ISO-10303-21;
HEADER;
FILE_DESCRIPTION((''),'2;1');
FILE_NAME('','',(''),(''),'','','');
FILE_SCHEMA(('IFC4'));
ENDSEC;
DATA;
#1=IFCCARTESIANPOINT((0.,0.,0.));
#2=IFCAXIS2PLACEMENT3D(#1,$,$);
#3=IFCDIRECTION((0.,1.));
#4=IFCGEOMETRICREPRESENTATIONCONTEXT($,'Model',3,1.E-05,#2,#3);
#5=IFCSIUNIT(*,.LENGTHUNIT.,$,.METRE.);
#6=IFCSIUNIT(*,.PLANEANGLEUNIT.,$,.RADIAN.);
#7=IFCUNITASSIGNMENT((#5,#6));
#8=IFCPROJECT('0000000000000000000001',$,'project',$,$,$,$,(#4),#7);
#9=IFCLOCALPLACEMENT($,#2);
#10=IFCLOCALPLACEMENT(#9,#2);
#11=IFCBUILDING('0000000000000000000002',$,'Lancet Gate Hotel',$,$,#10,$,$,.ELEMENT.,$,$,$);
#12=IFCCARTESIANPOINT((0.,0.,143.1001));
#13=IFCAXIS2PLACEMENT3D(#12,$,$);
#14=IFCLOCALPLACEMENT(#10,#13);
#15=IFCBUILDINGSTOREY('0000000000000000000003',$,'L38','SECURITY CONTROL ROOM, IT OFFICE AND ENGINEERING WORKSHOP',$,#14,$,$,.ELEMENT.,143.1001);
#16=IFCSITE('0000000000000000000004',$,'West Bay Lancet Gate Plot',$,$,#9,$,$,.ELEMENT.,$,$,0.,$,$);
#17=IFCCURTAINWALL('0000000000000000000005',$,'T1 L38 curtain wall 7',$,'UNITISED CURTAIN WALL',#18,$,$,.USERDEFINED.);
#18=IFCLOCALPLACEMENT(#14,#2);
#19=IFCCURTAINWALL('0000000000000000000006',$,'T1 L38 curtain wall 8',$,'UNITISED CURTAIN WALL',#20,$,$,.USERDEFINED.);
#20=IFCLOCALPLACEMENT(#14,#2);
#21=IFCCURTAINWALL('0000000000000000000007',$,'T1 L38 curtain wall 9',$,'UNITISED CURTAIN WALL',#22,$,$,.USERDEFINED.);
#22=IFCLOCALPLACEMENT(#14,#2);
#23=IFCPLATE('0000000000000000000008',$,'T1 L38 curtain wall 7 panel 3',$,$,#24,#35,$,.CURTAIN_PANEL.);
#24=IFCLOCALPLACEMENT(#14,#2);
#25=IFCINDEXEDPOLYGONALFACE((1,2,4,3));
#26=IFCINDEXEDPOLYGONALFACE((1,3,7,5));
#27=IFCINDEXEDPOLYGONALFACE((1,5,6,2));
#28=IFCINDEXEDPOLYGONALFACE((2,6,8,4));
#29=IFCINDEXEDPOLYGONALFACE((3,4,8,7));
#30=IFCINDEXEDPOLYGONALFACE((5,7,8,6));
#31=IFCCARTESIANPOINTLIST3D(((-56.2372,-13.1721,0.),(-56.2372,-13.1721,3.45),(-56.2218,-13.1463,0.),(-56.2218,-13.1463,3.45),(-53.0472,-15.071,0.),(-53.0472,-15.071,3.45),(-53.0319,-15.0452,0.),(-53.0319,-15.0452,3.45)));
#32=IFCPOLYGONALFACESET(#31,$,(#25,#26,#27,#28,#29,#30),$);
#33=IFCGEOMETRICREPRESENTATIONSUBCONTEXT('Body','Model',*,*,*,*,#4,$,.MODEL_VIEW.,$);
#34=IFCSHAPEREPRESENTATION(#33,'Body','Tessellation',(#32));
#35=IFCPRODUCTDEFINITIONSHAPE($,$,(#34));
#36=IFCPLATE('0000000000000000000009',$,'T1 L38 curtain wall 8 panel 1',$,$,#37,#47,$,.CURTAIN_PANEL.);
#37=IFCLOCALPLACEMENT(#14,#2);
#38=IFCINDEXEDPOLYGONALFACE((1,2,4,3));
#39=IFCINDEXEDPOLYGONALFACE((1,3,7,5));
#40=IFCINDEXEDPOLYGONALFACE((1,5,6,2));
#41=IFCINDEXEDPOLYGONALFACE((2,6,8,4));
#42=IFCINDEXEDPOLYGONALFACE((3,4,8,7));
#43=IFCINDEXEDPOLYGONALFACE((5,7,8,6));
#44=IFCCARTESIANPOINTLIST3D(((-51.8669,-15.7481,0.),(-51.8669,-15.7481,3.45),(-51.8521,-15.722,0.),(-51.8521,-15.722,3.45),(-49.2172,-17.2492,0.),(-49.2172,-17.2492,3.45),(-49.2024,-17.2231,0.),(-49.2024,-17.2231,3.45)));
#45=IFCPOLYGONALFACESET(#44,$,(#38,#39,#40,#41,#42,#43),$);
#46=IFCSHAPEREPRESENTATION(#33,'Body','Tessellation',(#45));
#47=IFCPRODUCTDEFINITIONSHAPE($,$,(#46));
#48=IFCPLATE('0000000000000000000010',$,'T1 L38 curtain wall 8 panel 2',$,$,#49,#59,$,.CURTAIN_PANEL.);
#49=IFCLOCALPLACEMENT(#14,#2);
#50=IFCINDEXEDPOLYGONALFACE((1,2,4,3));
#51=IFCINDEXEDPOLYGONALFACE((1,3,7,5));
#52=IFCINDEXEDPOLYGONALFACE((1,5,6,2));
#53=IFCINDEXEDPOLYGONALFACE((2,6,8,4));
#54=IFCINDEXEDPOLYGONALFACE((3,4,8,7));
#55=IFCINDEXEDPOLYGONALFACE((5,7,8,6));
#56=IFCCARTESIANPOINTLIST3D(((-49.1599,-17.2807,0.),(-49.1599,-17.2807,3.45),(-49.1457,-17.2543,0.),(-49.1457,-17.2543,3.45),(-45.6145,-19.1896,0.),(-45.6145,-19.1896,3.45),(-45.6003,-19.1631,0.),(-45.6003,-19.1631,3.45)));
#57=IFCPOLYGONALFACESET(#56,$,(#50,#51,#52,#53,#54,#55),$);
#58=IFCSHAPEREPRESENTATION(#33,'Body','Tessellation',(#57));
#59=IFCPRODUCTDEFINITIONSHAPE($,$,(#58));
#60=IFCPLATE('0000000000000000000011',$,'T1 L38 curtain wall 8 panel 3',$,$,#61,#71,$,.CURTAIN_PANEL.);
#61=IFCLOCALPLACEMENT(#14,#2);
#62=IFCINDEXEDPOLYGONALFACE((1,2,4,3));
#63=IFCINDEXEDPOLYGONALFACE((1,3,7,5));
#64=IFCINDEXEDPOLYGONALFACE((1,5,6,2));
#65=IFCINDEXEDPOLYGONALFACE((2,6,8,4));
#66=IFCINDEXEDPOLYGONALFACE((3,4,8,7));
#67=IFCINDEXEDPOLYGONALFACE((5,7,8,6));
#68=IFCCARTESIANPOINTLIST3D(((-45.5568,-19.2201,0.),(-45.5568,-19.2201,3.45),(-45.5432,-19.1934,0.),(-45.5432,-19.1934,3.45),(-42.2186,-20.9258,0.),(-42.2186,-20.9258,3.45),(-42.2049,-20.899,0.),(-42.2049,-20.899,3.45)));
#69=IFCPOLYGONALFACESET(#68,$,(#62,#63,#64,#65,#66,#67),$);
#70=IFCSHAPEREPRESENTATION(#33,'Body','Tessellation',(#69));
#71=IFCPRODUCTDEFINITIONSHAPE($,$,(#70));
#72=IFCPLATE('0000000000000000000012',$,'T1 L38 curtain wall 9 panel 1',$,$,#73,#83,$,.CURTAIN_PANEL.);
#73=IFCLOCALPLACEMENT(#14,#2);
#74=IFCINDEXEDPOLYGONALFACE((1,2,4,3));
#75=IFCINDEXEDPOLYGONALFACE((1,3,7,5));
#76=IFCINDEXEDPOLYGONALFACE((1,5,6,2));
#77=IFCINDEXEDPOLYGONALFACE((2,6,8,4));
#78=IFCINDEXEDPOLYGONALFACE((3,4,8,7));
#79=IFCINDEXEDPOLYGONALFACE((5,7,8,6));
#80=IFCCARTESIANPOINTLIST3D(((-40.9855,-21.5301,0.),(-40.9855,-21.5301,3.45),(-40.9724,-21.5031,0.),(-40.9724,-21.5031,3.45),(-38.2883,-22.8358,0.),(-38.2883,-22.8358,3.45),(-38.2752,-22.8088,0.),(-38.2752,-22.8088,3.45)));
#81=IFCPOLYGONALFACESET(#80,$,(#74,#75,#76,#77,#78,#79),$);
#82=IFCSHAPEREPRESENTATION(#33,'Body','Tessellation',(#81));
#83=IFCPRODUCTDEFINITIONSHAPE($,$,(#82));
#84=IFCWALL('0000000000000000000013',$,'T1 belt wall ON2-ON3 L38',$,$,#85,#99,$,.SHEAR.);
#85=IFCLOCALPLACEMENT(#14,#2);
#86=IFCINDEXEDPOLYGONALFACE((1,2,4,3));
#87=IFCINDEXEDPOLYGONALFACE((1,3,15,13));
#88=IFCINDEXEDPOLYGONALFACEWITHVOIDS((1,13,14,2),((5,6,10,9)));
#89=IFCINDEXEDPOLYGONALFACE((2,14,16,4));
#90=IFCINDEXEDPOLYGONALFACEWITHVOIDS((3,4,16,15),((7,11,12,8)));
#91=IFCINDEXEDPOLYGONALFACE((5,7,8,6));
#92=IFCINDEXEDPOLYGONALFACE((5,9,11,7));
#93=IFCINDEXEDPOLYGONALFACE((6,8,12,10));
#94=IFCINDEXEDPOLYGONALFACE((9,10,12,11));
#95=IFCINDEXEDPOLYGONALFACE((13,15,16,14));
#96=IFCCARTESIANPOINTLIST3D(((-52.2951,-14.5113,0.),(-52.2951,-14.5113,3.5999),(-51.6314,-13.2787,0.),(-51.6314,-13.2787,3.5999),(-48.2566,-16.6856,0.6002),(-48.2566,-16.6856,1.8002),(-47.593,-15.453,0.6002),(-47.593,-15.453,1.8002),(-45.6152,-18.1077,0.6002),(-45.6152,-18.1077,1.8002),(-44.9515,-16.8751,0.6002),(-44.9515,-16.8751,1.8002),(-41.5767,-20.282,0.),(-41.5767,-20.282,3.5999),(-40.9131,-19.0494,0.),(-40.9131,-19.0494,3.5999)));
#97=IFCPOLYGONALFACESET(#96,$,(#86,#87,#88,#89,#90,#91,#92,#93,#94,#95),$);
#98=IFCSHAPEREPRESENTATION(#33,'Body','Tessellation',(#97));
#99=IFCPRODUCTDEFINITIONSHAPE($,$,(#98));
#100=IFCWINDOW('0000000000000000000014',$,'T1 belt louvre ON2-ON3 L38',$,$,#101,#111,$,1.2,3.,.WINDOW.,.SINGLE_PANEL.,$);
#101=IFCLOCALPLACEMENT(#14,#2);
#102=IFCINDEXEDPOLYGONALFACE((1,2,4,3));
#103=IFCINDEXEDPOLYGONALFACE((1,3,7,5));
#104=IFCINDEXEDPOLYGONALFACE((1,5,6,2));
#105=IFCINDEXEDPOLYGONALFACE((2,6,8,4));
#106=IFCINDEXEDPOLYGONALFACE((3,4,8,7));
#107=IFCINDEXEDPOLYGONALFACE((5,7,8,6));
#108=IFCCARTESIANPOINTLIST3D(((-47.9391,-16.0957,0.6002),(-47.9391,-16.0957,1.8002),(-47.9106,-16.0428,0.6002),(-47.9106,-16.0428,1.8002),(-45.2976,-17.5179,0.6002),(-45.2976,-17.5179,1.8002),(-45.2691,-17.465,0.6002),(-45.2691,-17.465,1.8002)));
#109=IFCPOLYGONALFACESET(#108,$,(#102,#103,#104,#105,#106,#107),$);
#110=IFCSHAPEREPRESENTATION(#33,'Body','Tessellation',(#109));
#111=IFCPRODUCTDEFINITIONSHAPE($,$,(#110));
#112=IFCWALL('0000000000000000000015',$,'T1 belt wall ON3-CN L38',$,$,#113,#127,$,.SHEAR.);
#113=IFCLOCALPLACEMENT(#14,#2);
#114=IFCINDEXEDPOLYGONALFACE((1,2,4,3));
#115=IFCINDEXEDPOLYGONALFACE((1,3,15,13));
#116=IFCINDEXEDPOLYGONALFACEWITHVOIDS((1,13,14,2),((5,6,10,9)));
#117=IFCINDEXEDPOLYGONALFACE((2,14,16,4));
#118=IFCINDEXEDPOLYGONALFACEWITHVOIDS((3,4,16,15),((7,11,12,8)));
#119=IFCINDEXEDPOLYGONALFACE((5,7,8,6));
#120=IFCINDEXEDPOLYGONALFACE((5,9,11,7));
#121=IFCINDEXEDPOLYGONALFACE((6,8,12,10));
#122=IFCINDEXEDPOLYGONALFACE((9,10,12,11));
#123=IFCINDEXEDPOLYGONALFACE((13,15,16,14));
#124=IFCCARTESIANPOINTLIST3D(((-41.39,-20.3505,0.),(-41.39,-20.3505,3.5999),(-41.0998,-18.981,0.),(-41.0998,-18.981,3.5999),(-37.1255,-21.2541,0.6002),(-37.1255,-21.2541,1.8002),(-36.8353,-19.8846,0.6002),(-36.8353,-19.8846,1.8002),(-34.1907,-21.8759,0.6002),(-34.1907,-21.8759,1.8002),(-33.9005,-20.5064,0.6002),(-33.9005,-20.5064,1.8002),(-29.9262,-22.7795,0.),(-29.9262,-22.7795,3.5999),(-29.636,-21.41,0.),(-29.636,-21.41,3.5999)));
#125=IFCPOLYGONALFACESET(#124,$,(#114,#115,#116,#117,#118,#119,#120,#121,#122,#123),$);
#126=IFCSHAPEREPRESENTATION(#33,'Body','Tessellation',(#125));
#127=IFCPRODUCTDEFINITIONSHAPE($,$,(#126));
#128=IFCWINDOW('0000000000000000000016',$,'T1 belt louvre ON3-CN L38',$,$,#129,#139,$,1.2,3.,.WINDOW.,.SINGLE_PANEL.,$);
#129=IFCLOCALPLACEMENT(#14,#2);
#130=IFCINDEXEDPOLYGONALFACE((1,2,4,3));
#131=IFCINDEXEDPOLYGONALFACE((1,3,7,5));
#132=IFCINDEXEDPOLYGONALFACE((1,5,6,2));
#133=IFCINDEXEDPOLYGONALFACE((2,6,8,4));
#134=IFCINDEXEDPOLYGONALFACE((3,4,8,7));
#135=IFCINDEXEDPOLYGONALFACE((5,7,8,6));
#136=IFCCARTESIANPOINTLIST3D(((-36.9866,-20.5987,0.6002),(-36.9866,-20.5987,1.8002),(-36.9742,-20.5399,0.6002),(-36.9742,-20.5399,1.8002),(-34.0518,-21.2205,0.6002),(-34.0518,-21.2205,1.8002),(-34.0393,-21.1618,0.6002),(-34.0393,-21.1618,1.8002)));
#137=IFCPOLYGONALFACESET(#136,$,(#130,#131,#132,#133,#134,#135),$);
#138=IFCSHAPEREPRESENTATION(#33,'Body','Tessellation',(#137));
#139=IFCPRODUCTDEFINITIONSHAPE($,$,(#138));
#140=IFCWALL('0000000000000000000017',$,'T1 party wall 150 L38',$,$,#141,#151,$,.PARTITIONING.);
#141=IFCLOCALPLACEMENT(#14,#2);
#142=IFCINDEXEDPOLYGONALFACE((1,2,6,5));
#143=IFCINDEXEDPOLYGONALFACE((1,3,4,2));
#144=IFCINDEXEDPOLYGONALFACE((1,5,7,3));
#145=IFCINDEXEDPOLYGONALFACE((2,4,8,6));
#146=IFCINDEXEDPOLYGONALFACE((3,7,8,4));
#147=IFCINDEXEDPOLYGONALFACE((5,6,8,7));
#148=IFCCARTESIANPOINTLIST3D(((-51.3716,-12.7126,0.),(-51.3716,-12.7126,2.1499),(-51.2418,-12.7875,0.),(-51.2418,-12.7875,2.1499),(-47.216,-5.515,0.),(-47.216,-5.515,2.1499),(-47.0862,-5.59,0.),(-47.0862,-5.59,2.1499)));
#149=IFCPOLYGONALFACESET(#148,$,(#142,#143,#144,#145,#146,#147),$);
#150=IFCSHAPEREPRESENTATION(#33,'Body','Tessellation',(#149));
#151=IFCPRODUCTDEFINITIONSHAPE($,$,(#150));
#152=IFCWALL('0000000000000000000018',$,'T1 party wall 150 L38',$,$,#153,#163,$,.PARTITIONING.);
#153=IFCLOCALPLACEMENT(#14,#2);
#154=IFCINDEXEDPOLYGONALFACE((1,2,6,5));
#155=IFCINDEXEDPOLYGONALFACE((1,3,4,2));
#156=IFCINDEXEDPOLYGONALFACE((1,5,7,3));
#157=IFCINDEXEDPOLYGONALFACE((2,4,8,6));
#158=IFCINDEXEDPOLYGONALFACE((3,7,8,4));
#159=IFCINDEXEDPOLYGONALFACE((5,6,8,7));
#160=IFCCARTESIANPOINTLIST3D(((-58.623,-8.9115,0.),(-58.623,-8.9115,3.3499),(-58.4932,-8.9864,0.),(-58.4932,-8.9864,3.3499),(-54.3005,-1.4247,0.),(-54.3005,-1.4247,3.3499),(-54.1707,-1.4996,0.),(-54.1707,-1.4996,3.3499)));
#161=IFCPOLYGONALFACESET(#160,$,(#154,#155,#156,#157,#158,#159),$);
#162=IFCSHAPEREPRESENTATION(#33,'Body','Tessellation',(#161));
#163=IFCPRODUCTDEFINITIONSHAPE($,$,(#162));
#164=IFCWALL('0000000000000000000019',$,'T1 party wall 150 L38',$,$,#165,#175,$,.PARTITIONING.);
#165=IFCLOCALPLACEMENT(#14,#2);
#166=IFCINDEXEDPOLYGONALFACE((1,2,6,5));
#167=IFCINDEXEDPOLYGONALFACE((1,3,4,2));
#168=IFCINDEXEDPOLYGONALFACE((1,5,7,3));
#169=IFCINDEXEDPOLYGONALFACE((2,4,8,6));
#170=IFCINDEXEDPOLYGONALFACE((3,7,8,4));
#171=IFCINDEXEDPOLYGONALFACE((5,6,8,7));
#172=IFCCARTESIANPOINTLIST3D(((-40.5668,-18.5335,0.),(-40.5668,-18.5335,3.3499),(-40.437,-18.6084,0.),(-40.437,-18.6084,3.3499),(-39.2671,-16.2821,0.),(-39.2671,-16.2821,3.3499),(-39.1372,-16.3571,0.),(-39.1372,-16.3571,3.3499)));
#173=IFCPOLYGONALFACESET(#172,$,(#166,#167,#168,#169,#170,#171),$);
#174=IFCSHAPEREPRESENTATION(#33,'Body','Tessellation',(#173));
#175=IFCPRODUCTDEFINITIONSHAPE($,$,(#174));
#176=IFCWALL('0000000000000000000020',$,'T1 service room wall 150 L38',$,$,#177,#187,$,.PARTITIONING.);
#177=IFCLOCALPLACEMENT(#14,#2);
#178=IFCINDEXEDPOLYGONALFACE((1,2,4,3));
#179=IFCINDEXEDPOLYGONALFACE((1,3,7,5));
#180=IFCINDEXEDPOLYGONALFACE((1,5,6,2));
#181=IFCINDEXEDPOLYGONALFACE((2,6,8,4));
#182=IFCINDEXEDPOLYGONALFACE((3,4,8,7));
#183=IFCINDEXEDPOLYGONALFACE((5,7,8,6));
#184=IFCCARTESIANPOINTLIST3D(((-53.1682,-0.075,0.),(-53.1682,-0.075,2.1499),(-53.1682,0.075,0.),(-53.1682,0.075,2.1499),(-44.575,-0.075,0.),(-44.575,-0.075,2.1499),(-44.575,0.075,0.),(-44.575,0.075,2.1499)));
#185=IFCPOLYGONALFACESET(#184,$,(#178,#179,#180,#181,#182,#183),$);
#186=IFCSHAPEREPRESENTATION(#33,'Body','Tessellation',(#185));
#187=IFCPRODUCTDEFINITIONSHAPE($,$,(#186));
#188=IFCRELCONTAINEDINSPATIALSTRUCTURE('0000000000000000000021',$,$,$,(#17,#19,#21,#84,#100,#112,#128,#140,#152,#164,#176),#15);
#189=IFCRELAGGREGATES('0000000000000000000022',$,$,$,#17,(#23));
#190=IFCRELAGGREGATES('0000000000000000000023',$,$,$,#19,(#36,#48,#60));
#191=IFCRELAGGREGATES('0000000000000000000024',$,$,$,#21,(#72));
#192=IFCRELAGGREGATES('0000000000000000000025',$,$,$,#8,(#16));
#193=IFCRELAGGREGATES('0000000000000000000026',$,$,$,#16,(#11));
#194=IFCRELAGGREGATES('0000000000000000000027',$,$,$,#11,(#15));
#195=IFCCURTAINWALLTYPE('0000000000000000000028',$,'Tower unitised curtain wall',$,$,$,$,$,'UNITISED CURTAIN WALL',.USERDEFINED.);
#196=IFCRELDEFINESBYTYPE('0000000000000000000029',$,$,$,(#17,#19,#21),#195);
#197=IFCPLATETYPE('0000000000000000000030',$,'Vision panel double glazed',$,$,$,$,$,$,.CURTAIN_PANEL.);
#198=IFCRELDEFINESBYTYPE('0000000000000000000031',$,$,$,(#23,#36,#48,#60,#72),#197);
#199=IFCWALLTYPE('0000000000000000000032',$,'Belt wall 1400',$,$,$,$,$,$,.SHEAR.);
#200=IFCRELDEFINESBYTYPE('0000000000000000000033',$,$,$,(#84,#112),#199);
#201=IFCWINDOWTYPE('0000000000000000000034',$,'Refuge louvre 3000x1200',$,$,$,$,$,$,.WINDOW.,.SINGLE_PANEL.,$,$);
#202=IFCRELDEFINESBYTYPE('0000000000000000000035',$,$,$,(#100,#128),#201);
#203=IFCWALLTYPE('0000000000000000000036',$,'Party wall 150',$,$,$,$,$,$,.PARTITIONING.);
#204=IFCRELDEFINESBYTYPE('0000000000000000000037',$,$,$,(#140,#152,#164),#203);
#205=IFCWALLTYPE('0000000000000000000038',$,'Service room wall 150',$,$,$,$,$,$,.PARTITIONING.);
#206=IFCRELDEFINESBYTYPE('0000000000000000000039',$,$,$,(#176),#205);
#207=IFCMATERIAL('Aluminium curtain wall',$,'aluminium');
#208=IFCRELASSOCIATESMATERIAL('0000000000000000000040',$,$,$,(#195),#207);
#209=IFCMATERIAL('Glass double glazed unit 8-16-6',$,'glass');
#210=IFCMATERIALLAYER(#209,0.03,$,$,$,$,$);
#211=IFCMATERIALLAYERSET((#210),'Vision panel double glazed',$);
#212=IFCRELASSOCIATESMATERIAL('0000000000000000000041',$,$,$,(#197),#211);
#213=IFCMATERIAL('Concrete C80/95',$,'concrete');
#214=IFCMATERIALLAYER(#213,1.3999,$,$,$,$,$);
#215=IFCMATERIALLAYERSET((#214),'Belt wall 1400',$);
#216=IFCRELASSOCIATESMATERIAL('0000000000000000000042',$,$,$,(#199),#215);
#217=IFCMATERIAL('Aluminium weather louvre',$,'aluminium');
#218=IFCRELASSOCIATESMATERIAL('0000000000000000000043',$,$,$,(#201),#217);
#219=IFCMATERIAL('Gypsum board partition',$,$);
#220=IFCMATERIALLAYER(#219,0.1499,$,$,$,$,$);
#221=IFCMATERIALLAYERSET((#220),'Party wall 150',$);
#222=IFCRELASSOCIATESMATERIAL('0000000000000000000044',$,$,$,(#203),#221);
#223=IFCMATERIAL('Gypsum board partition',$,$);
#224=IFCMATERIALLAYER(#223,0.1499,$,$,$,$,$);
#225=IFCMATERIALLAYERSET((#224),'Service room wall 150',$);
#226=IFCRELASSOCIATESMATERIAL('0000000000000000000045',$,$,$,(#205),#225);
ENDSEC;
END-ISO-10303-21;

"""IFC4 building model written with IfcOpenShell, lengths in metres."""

from ifc_helpers import new_model, si_unit, direction, frame, frame_2d, origin, origin_2d, place, context, subcontext, project, spatial, rectangle, extrude, material, layer, layer_set, type_object, element, fill, aggregate, save


model = new_model("IFC4")

# Units and contexts
model_context = context("Model", 3, precision=1e-05, world=origin(), true_north=direction((0.0, 1.0)))
body_context = subcontext(model_context, "Body", "Model", "MODEL_VIEW")
ifc_project = project(units=[si_unit("LENGTHUNIT", "METRE"), si_unit("PLANEANGLEUNIT", "RADIAN")], contexts=[model_context])

# Site, building, storey
site_placement = place(None, origin())
site = spatial("IfcSite", under=ifc_project, at=site_placement, Name="West Bay Lancet Gate Plot", CompositionType="ELEMENT", RefElevation=0.0)
building_placement = place(site_placement, origin())
building = spatial("IfcBuilding", under=site, at=building_placement, Name="Lancet Gate Hotel", CompositionType="ELEMENT")
storey_placement = place(building_placement, frame((0.0, 0.0, 143.1001)))
storey = spatial("IfcBuildingStorey", under=building, at=storey_placement, Name="L38", Description="SECURITY CONTROL ROOM, IT OFFICE AND ENGINEERING WORKSHOP", CompositionType="ELEMENT", Elevation=143.1001)

# Curtain walls
ifc_material_1 = material(Name="Aluminium curtain wall", Category="aluminium")
curtain_wall_type = type_object("IfcCurtainWallType", Name="Tower unitised curtain wall", ElementType="UNITISED CURTAIN WALL", PredefinedType="USERDEFINED", material=ifc_material_1)
curtain_wall_1_placement = place(storey_placement, origin())
curtain_wall_1 = element("IfcCurtainWall", 1, at=curtain_wall_1_placement, inside=storey, type_object=curtain_wall_type, Name="T1 L38 curtain wall 7", ObjectType="UNITISED CURTAIN WALL", PredefinedType="USERDEFINED")
curtain_wall_2_placement = place(storey_placement, origin())
curtain_wall_2 = element("IfcCurtainWall", 2, at=curtain_wall_2_placement, inside=storey, type_object=curtain_wall_type, Name="T1 L38 curtain wall 8", ObjectType="UNITISED CURTAIN WALL", PredefinedType="USERDEFINED")

# Curtain wall
curtain_wall_3_placement = place(storey_placement, origin())
curtain_wall_3 = element("IfcCurtainWall", 3, at=curtain_wall_3_placement, inside=storey, type_object=curtain_wall_type, Name="T1 L38 curtain wall 9", ObjectType="UNITISED CURTAIN WALL", PredefinedType="USERDEFINED")

# Plates
ifc_material_2 = material(Name="Glass double glazed unit 8-16-6", Category="glass")
ifc_layer_1 = layer(ifc_material_2, 0.03)
ifc_layer_set_1 = layer_set([ifc_layer_1], Name="Vision panel double glazed")
plate_type = type_object("IfcPlateType", Name="Vision panel double glazed", PredefinedType="CURTAIN_PANEL", material=ifc_layer_set_1)
plate_1_placement = place(storey_placement, frame((-54.6345, -14.1086, 0.0), z_axis=(0.0, 0.0, 1.0), x_axis=(0.859271, -0.51152, 0.0)))
plate_1 = element("IfcPlate", 4, at=plate_1_placement, type_object=plate_type, Name="T1 L38 curtain wall 7 panel 3", PredefinedType="CURTAIN_PANEL", context=body_context, shape_type="SweptSolid", body=[
    extrude(rectangle(XDim=3.7124, YDim=0.03, at=origin_2d()), origin(), (0.0, 0.0, 1.0), 3.45),
])
aggregate(curtain_wall_1, [plate_1])
plate_2_placement = place(storey_placement, frame((-50.5347, -16.4856, 0.0), z_axis=(0.0, 0.0, 1.0), x_axis=(0.870084, -0.492904, 0.0)))
plate_2 = element("IfcPlate", 5, at=plate_2_placement, type_object=plate_type, Name="T1 L38 curtain wall 8 panel 1", PredefinedType="CURTAIN_PANEL", context=body_context, shape_type="SweptSolid", body=[
    extrude(rectangle(XDim=3.0454, YDim=0.03, at=origin_2d()), origin(), (0.0, 0.0, 1.0), 3.45),
])
plate_3_placement = place(storey_placement, frame((-47.3801, -18.2219, 0.0), z_axis=(0.0, 0.0, 1.0), x_axis=(0.880493, -0.47406, 0.0)))
plate_3 = element("IfcPlate", 6, at=plate_3_placement, type_object=plate_type, Name="T1 L38 curtain wall 8 panel 2", PredefinedType="CURTAIN_PANEL", context=body_context, shape_type="SweptSolid", body=[
    extrude(rectangle(XDim=4.0266, YDim=0.03, at=origin_2d()), origin(), (0.0, 0.0, 1.0), 3.45),
])
plate_4_placement = place(storey_placement, frame((-43.8809, -20.0596, 0.0), z_axis=(0.0, 0.0, 1.0), x_axis=(0.890493, -0.454996, 0.0)))
plate_4 = element("IfcPlate", 7, at=plate_4_placement, type_object=plate_type, Name="T1 L38 curtain wall 8 panel 3", PredefinedType="CURTAIN_PANEL", context=body_context, shape_type="SweptSolid", body=[
    extrude(rectangle(XDim=3.7488, YDim=0.03, at=origin_2d()), origin(), (0.0, 0.0, 1.0), 3.45),
])
aggregate(curtain_wall_2, [plate_2, plate_3, plate_4])
plate_5_placement = place(storey_placement, frame((-39.6304, -22.1694, 0.0), z_axis=(0.0, 0.0, 1.0), x_axis=(0.900082, -0.435721, 0.0)))
plate_5 = element("IfcPlate", 8, at=plate_5_placement, type_object=plate_type, Name="T1 L38 curtain wall 9 panel 1", PredefinedType="CURTAIN_PANEL", context=body_context, shape_type="SweptSolid", body=[
    extrude(rectangle(XDim=2.9966, YDim=0.03, at=origin_2d()), origin(), (0.0, 0.0, 1.0), 3.45),
])
aggregate(curtain_wall_3, [plate_5])

# Walls, openings, windows
ifc_material_3 = material(Name="Concrete C80/95", Category="concrete")
ifc_layer_2 = layer(ifc_material_3, 1.3999)
ifc_layer_set_2 = layer_set([ifc_layer_2], Name="Belt wall 1400")
wall_type_1 = type_object("IfcWallType", Name="Belt wall 1400", PredefinedType="SHEAR", material=ifc_layer_set_2)
wall_1_placement = place(storey_placement, frame((-51.9631, -13.895, 0.0), z_axis=(0.0, 0.0, 1.0), x_axis=(0.880492, -0.47406, 0.0)))
wall_1 = element("IfcWall", 9, at=wall_1_placement, inside=storey, type_object=wall_type_1, Name="T1 belt wall ON2-ON3 L38", PredefinedType="SHEAR", context=body_context, shape_type="SweptSolid", body=[
    extrude(rectangle(XDim=12.1731, YDim=1.3999, at=frame_2d((6.0864, 0.0))), origin(), (0.0, 0.0, 1.0), 3.5999),
])
opening_1_placement = place(wall_1_placement, frame((4.5864, 0.0, 0.6001)))
opening_1 = element("IfcOpeningElement", 10, at=opening_1_placement, cuts=wall_1, PredefinedType="OPENING", context=body_context, shape_type="SweptSolid", body=[
    extrude(rectangle(XDim=3.0, YDim=1.2, at=frame_2d((1.5, 0.6001))), frame((0.0, 0.71, 0.0), z_axis=(0.0, -1.0, 0.0), x_axis=(1.0, 0.0, 0.0)), (0.0, 0.0, 1.0), 1.4199),
])
ifc_material_4 = material(Name="Aluminium weather louvre", Category="aluminium")
window_type = type_object("IfcWindowType", Name="Refuge louvre 3000x1200", PartitioningType="SINGLE_PANEL", PredefinedType="WINDOW", material=ifc_material_4)
window_1_placement = place(opening_1_placement, origin())
window_1 = element("IfcWindow", 11, at=window_1_placement, inside=storey, type_object=window_type, Name="T1 belt louvre ON2-ON3 L38", OverallHeight=1.2, OverallWidth=3.0, PartitioningType="SINGLE_PANEL", PredefinedType="WINDOW", context=body_context, shape_type="SweptSolid", body=[
    extrude(rectangle(XDim=3.0, YDim=1.2, at=frame_2d((1.5, 0.6001))), frame((0.0, 0.03, 0.0), z_axis=(0.0, -1.0, 0.0), x_axis=(1.0, 0.0, 0.0)), (0.0, 0.0, 1.0), 0.0601),
])
fill(opening_1, window_1)
wall_2_placement = place(storey_placement, frame((-41.2449, -19.6658, 0.0), z_axis=(0.0, 0.0, 1.0), x_axis=(0.978282, -0.207278, 0.0)))
wall_2 = element("IfcWall", 12, at=wall_2_placement, inside=storey, type_object=wall_type_1, Name="T1 belt wall ON3-CN L38", PredefinedType="SHEAR", context=body_context, shape_type="SweptSolid", body=[
    extrude(rectangle(XDim=11.7183, YDim=1.3999, at=frame_2d((5.8591, 0.0))), origin(), (0.0, 0.0, 1.0), 3.5999),
])
opening_2_placement = place(wall_2_placement, frame((4.3591, 0.0, 0.6001)))
opening_2 = element("IfcOpeningElement", 13, at=opening_2_placement, cuts=wall_2, PredefinedType="OPENING", context=body_context, shape_type="SweptSolid", body=[
    extrude(rectangle(XDim=3.0, YDim=1.2, at=frame_2d((1.5, 0.6001))), frame((0.0, 0.71, 0.0), z_axis=(0.0, -1.0, 0.0), x_axis=(1.0, 0.0, 0.0)), (0.0, 0.0, 1.0), 1.4199),
])
window_2_placement = place(opening_2_placement, origin())
window_2 = element("IfcWindow", 14, at=window_2_placement, inside=storey, type_object=window_type, Name="T1 belt louvre ON3-CN L38", OverallHeight=1.2, OverallWidth=3.0, PartitioningType="SINGLE_PANEL", PredefinedType="WINDOW", context=body_context, shape_type="SweptSolid", body=[
    extrude(rectangle(XDim=3.0, YDim=1.2, at=frame_2d((1.5, 0.6001))), frame((0.0, 0.03, 0.0), z_axis=(0.0, -1.0, 0.0), x_axis=(1.0, 0.0, 0.0)), (0.0, 0.0, 1.0), 0.0601),
])
fill(opening_2, window_2)

# Walls
ifc_material_5 = material(Name="Gypsum board partition")
ifc_layer_3 = layer(ifc_material_5, 0.1499)
ifc_layer_set_3 = layer_set([ifc_layer_3], Name="Party wall 150")
wall_type_2 = type_object("IfcWallType", Name="Party wall 150", PredefinedType="PARTITIONING", material=ifc_layer_set_3)
wall_3_placement = place(storey_placement, frame((-47.1511, -5.5525, 0.0), z_axis=(0.0, 0.0, 1.0), x_axis=(-0.500003, -0.866024, 0.0)))
element("IfcWall", 15, at=wall_3_placement, inside=storey, type_object=wall_type_2, Name="T1 party wall 150 L38", PredefinedType="PARTITIONING", context=body_context, shape_type="SweptSolid", body=[
    extrude(rectangle(XDim=8.311, YDim=0.1499, at=frame_2d((4.1555, 0.0))), origin(), (0.0, 0.0, 1.0), 2.1499),
])
wall_4_placement = place(storey_placement, frame((-54.2356, -1.4622, 0.0), z_axis=(0.0, 0.0, 1.0), x_axis=(-0.5, -0.866026, 0.0)))
element("IfcWall", 16, at=wall_4_placement, inside=storey, type_object=wall_type_2, Name="T1 party wall 150 L38", PredefinedType="PARTITIONING", context=body_context, shape_type="SweptSolid", body=[
    extrude(rectangle(XDim=8.645, YDim=0.1499, at=frame_2d((4.3225, 0.0))), origin(), (0.0, 0.0, 1.0), 3.3499),
])
wall_5_placement = place(storey_placement, frame((-39.2021, -16.3196, 0.0), z_axis=(0.0, 0.0, 1.0), x_axis=(-0.499977, -0.866039, 0.0)))
element("IfcWall", 17, at=wall_5_placement, inside=storey, type_object=wall_type_2, Name="T1 party wall 150 L38", PredefinedType="PARTITIONING", context=body_context, shape_type="SweptSolid", body=[
    extrude(rectangle(XDim=2.5996, YDim=0.1499, at=frame_2d((1.2998, 0.0))), origin(), (0.0, 0.0, 1.0), 3.3499),
])
ifc_material_6 = material(Name="Gypsum board partition")
ifc_layer_4 = layer(ifc_material_6, 0.1499)
ifc_layer_set_4 = layer_set([ifc_layer_4], Name="Service room wall 150")
wall_type_3 = type_object("IfcWallType", Name="Service room wall 150", PredefinedType="PARTITIONING", material=ifc_layer_set_4)
wall_6_placement = place(storey_placement, frame((-44.575, 0.0, 0.0), z_axis=(0.0, 0.0, 1.0), x_axis=(-1.0, 0.0, 0.0)))
element("IfcWall", 18, at=wall_6_placement, inside=storey, type_object=wall_type_3, Name="T1 service room wall 150 L38", PredefinedType="PARTITIONING", context=body_context, shape_type="SweptSolid", body=[
    extrude(rectangle(XDim=8.5933, YDim=0.1499, at=frame_2d((4.2966, 0.0))), origin(), (0.0, 0.0, 1.0), 2.1499),
])

save(model, "model.ifc")
